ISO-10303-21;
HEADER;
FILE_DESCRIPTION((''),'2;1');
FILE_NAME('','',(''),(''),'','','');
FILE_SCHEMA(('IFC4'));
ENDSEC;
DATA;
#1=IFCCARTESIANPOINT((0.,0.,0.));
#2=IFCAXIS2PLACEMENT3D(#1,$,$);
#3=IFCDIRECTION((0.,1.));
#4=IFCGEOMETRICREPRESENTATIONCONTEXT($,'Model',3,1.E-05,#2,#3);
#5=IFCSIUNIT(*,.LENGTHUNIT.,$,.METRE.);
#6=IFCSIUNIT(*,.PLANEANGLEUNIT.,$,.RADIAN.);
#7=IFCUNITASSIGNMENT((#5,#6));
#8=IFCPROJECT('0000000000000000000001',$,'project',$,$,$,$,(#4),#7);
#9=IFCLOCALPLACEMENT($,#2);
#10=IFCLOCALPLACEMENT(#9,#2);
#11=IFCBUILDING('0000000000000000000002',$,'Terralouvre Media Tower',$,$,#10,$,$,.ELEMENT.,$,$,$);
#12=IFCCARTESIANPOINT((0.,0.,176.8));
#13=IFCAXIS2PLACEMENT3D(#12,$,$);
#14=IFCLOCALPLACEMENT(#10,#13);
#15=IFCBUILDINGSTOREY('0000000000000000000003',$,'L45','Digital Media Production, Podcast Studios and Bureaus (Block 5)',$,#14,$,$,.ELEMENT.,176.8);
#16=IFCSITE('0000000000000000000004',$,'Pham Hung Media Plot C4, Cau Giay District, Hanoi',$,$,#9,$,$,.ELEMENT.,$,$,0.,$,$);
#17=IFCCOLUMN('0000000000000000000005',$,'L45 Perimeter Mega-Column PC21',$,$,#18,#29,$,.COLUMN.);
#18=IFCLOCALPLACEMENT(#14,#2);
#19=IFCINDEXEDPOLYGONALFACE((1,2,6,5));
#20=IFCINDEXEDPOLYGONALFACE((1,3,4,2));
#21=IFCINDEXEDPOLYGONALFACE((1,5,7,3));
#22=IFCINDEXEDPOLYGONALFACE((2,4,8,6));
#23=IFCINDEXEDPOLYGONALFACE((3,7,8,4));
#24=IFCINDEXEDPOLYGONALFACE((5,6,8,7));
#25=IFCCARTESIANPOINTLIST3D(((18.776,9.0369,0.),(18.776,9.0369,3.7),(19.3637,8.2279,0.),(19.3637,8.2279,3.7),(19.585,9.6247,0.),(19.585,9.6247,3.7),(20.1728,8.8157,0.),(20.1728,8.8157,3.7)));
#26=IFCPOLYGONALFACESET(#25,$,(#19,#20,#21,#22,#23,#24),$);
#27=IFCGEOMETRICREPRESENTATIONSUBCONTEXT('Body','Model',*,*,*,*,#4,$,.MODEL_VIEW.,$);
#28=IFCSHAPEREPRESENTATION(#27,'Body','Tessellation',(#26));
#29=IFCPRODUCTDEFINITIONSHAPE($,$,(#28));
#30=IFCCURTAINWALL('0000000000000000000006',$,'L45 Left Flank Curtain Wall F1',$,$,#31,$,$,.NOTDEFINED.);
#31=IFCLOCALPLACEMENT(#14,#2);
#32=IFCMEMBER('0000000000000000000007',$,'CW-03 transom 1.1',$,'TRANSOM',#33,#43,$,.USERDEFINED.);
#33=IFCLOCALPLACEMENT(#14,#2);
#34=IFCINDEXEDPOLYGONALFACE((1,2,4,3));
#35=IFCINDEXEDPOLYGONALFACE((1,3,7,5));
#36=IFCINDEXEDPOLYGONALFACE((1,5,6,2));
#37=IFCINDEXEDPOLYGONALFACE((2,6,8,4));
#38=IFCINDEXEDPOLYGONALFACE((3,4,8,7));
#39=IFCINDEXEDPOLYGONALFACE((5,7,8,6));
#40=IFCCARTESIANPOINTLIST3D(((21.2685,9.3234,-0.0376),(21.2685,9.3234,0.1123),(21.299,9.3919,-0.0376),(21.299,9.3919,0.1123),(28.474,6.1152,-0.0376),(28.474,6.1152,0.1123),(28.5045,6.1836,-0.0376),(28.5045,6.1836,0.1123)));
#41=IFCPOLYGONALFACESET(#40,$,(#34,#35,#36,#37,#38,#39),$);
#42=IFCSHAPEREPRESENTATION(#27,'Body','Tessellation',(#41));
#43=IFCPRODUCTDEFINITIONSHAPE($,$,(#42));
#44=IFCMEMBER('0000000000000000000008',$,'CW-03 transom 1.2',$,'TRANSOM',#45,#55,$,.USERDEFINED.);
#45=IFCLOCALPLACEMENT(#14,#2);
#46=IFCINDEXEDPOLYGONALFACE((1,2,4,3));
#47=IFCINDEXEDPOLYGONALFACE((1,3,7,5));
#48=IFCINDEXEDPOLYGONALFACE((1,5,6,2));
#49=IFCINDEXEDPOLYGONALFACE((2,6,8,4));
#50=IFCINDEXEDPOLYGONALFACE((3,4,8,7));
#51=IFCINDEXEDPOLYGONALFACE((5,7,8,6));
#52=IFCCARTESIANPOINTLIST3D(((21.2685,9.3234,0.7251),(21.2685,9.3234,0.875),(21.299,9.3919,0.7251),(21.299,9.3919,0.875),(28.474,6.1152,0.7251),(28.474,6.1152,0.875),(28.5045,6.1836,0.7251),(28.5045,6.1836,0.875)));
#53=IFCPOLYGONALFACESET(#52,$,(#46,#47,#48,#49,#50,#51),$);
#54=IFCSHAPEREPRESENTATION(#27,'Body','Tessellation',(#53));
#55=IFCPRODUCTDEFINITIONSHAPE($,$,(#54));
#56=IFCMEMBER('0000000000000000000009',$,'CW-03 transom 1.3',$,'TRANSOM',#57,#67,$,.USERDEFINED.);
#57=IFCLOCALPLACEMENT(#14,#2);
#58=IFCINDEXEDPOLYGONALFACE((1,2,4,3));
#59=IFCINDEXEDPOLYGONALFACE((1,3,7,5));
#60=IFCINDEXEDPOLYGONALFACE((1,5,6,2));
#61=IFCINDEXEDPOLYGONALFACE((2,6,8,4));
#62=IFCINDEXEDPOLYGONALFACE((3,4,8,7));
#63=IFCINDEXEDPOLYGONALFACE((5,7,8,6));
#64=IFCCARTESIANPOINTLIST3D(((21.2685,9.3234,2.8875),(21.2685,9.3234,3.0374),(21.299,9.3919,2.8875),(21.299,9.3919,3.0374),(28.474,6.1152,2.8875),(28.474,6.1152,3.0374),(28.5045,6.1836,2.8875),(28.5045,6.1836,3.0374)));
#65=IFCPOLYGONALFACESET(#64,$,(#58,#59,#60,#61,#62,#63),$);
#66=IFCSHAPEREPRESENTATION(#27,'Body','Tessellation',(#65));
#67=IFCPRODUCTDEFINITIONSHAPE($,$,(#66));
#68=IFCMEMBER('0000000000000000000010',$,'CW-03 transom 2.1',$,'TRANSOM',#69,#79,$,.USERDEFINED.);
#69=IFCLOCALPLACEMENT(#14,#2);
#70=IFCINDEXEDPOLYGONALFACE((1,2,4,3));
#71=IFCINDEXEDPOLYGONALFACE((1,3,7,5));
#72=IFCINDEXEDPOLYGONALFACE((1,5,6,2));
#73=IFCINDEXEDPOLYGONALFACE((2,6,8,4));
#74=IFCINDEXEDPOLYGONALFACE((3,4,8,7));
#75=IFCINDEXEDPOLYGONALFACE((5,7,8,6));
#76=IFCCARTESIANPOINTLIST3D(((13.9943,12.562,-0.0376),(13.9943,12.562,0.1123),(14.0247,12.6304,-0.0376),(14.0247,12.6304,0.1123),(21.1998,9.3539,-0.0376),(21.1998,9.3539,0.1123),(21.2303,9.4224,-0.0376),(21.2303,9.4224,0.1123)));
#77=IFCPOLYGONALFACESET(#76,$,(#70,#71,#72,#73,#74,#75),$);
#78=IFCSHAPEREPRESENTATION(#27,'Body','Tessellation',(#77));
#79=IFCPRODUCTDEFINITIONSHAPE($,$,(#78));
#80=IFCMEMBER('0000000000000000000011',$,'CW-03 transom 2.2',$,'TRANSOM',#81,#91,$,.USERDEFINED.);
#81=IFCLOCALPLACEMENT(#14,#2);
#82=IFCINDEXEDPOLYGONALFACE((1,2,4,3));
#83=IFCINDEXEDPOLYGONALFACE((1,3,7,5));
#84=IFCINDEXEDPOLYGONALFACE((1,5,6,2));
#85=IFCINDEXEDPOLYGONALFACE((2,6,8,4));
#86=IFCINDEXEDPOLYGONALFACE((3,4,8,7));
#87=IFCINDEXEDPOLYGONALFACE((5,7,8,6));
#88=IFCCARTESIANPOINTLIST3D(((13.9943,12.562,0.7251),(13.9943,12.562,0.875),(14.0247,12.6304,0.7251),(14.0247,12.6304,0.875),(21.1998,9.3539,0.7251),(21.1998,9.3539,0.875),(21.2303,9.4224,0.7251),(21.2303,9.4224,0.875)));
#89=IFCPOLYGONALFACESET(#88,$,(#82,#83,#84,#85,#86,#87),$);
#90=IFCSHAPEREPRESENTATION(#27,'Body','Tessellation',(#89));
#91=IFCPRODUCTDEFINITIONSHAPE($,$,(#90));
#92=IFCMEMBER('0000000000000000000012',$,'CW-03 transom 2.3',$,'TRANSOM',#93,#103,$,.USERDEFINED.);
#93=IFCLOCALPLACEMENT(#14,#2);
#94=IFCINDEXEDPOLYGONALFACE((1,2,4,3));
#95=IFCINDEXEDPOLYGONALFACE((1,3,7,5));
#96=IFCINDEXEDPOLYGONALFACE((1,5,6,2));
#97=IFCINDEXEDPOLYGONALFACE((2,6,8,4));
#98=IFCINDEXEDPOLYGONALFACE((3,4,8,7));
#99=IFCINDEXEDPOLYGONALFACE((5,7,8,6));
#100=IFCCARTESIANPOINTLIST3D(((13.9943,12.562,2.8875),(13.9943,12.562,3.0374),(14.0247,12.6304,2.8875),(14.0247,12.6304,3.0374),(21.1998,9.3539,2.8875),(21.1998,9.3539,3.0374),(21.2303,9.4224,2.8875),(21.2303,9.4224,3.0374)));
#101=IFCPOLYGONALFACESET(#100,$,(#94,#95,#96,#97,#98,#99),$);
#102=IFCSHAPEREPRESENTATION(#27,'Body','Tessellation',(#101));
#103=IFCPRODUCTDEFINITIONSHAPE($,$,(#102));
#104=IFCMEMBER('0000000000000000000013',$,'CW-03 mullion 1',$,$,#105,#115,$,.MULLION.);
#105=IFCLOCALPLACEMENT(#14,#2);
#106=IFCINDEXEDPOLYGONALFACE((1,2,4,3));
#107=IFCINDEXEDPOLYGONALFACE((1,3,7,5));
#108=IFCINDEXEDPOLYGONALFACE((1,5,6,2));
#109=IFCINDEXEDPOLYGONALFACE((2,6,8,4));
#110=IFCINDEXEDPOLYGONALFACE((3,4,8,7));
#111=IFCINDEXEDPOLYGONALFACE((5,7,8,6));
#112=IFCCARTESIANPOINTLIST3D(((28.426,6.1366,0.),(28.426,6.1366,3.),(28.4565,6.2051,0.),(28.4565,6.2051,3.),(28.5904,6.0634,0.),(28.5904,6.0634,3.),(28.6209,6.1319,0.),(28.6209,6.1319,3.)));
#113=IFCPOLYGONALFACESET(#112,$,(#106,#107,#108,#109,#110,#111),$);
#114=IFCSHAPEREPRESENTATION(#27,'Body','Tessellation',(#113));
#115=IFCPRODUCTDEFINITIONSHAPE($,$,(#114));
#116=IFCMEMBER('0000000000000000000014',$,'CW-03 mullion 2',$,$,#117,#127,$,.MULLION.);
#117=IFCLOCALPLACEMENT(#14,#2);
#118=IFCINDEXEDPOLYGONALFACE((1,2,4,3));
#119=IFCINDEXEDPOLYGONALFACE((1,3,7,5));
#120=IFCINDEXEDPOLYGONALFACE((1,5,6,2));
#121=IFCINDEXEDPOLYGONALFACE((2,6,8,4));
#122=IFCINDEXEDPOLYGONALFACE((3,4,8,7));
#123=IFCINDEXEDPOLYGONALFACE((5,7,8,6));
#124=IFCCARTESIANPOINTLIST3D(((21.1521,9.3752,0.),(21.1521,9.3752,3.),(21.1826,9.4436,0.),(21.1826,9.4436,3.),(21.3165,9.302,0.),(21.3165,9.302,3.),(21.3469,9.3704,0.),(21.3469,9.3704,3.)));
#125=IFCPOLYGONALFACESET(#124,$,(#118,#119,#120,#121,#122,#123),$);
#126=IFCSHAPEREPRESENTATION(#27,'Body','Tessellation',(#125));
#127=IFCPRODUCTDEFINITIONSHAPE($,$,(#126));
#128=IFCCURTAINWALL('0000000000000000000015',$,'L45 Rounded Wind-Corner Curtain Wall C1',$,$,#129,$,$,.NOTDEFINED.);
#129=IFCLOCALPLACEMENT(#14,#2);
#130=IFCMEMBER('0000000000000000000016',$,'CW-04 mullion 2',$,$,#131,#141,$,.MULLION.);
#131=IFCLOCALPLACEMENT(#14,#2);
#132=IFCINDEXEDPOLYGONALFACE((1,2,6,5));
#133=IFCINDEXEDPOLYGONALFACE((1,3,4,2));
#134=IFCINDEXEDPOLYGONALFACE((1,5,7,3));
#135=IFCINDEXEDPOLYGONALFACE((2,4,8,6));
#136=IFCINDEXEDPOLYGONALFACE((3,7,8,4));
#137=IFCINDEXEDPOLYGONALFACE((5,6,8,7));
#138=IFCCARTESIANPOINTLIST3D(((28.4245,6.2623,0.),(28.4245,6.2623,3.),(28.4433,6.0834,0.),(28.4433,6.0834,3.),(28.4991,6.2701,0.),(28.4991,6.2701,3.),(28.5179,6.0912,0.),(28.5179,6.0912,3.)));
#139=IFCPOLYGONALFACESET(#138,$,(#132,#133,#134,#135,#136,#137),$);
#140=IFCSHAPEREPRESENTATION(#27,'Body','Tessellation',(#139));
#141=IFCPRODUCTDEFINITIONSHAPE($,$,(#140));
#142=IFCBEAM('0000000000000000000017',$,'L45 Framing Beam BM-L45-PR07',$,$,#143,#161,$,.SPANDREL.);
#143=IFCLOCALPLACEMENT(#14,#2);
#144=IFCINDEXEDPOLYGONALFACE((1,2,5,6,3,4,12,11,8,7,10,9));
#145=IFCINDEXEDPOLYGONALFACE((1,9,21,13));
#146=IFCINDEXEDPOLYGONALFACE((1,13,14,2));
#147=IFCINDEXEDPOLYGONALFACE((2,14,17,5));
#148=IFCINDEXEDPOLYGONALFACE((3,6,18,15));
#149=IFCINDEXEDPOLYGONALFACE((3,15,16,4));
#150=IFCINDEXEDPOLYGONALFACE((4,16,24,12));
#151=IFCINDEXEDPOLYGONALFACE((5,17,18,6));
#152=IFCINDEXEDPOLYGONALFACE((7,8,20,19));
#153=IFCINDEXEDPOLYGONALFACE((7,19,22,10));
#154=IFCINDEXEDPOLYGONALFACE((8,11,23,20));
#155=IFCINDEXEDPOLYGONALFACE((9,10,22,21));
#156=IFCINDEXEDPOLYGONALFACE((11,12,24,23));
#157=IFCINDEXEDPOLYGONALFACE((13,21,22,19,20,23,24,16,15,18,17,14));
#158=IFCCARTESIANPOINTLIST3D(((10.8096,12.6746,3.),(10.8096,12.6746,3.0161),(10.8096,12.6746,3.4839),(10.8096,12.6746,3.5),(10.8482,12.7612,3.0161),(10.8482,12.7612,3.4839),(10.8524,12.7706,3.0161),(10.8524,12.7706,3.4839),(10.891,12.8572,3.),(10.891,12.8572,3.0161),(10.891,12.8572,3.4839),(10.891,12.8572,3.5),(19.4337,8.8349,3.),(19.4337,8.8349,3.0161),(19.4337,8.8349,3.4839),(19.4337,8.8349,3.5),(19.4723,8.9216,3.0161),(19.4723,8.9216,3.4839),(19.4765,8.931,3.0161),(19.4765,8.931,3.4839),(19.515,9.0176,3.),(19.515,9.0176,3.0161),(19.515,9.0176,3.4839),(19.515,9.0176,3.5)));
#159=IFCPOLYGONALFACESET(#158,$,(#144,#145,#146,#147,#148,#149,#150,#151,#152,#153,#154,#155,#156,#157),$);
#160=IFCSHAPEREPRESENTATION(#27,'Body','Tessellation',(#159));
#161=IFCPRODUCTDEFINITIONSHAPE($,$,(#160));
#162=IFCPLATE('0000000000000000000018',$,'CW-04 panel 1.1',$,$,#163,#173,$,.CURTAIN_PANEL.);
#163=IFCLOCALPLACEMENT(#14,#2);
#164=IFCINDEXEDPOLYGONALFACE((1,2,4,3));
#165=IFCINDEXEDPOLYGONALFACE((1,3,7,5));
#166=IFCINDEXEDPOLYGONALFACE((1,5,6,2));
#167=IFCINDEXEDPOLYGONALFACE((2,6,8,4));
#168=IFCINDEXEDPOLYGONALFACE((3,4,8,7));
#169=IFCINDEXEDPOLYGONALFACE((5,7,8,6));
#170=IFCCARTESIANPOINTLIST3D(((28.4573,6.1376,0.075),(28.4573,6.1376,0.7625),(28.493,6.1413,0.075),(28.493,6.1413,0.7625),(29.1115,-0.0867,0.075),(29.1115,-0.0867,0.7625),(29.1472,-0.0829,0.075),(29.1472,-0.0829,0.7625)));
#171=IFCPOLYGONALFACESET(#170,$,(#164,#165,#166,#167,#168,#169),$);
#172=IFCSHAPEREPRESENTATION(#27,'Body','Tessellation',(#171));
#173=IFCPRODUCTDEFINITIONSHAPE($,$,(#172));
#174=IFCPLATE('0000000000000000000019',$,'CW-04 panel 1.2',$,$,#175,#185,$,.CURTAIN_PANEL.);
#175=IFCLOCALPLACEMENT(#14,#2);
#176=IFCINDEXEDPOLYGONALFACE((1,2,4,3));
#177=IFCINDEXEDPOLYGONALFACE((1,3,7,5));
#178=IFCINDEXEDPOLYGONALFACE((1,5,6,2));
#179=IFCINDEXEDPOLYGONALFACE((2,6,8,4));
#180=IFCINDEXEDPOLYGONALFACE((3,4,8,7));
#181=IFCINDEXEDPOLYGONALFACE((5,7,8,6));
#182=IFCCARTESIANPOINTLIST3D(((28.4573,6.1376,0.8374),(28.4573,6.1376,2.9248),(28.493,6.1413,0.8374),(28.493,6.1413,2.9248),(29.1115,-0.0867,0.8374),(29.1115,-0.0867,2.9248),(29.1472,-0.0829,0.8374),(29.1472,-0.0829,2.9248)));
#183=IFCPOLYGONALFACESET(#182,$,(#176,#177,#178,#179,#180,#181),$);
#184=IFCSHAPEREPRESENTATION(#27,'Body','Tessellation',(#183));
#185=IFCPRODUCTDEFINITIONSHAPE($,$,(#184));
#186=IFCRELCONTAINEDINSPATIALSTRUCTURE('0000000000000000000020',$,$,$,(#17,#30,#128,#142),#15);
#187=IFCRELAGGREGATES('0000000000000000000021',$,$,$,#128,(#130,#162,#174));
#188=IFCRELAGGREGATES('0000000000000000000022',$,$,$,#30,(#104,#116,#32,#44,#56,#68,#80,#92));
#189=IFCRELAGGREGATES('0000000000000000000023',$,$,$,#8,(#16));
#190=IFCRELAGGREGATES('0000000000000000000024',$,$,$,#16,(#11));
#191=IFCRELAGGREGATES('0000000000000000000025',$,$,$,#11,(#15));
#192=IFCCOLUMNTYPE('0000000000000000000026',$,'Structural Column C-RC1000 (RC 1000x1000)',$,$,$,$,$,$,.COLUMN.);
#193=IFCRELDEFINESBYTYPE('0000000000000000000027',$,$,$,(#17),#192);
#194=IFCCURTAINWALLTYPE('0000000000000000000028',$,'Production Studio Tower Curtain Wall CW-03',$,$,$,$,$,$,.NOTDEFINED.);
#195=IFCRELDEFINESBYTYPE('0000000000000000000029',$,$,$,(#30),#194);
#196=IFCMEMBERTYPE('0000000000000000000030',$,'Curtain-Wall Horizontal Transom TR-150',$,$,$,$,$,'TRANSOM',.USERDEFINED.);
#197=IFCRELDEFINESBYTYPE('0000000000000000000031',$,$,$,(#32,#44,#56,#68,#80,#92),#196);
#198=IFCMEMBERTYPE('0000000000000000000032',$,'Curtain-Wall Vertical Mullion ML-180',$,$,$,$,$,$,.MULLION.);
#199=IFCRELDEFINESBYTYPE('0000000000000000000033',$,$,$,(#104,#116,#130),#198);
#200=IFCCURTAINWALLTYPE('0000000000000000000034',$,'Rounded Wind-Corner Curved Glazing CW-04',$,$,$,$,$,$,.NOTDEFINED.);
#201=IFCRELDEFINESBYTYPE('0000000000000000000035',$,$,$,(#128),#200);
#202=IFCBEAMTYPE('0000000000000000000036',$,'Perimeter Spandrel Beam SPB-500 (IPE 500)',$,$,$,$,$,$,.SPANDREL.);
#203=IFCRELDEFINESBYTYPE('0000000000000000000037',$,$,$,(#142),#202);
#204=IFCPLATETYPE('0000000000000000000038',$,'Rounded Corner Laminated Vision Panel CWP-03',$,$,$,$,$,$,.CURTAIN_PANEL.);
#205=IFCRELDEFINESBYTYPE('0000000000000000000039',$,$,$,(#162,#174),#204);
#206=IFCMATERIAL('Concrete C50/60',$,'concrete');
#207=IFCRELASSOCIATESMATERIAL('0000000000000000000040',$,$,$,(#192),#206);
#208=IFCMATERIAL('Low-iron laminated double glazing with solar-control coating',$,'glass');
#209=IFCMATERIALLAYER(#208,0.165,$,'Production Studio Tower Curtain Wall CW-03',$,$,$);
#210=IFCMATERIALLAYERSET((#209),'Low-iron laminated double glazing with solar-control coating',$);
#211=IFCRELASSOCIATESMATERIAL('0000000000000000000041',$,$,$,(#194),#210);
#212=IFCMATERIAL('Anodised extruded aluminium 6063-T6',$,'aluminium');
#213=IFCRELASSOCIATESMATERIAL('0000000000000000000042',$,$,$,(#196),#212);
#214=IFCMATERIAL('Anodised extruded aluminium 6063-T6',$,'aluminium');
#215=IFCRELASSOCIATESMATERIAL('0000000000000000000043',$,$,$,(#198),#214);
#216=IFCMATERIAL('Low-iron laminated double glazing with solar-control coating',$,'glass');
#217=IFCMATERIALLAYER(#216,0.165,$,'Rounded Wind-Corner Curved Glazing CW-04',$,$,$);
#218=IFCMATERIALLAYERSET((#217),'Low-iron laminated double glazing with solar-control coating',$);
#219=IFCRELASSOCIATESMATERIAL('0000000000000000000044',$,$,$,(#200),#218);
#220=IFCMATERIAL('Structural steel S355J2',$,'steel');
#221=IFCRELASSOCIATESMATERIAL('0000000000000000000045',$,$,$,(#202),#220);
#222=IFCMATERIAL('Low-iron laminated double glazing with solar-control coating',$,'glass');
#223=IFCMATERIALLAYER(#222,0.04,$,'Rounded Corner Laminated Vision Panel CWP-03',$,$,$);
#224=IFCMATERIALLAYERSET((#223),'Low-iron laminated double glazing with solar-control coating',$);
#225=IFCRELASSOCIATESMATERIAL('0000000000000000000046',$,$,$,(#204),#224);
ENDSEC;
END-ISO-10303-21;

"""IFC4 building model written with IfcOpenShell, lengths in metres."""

from ifc_helpers import new_model, si_unit, direction, frame, origin, origin_2d, place, context, subcontext, project, spatial, rectangle, i_section, extrude, material, layer, layer_set, material_profile, profile_set, type_object, element, aggregate, save


model = new_model("IFC4")

# Units and contexts
model_context = context("Model", 3, precision=1e-05, world=origin(), true_north=direction((0.0, 1.0)))
body_context = subcontext(model_context, "Body", "Model", "MODEL_VIEW")
ifc_project = project(units=[si_unit("LENGTHUNIT", "METRE"), si_unit("PLANEANGLEUNIT", "RADIAN")], contexts=[model_context])

# Site, building, storey
site_placement = place(None, origin())
site = spatial("IfcSite", under=ifc_project, at=site_placement, Name="Pham Hung Media Plot C4, Cau Giay District, Hanoi", CompositionType="ELEMENT", RefElevation=0.0)
building_placement = place(site_placement, origin())
building = spatial("IfcBuilding", under=site, at=building_placement, Name="Terralouvre Media Tower", CompositionType="ELEMENT")
storey_placement = place(building_placement, frame((0.0, 0.0, 176.8)))
storey = spatial("IfcBuildingStorey", under=building, at=storey_placement, Name="L45", Description="Digital Media Production, Podcast Studios and Bureaus (Block 5)", CompositionType="ELEMENT", Elevation=176.8)

# Column
ifc_material_1 = material(Name="Concrete C50/60", Category="concrete")
ifc_material_profile_1 = material_profile(ifc_material_1, rectangle(XDim=1.0, YDim=1.0, at=origin_2d()), Name="RC 1000x1000")
ifc_profile_set_1 = profile_set([ifc_material_profile_1], Name="Concrete C50/60")
column_type = type_object("IfcColumnType", Name="Structural Column C-RC1000 (RC 1000x1000)", PredefinedType="COLUMN", material=ifc_profile_set_1)
column_placement = place(storey_placement, frame((19.4744, 8.9263, 0.0), z_axis=(0.0, 0.0, 1.0), x_axis=(0.809017, 0.587785, 0.0)))
element("IfcColumn", 1, at=column_placement, inside=storey, type_object=column_type, Name="L45 Perimeter Mega-Column PC21", PredefinedType="COLUMN", context=body_context, shape_type="SweptSolid", body=[
    extrude(rectangle(XDim=1.0, YDim=1.0, at=origin_2d()), origin(), (0.0, 0.0, 1.0), 3.7),
])

# Curtain wall, members
ifc_material_2 = material(Name="Low-iron laminated double glazing with solar-control coating", Category="glass")
ifc_layer_1 = layer(ifc_material_2, 0.165, Name="Production Studio Tower Curtain Wall CW-03")
ifc_layer_set_1 = layer_set([ifc_layer_1], Name="Low-iron laminated double glazing with solar-control coating")
curtain_wall_type_1 = type_object("IfcCurtainWallType", Name="Production Studio Tower Curtain Wall CW-03", PredefinedType="NOTDEFINED", material=ifc_layer_set_1)
curtain_wall_1_placement = place(storey_placement, origin())
curtain_wall_1 = element("IfcCurtainWall", 2, at=curtain_wall_1_placement, inside=storey, type_object=curtain_wall_type_1, Name="L45 Left Flank Curtain Wall F1", PredefinedType="NOTDEFINED")
ifc_material_3 = material(Name="Anodised extruded aluminium 6063-T6", Category="aluminium")
ifc_material_profile_2 = material_profile(ifc_material_3, rectangle(XDim=0.075, YDim=0.1499, at=origin_2d()), Name="ALU 75x150")
ifc_profile_set_2 = profile_set([ifc_material_profile_2], Name="Anodised extruded aluminium 6063-T6")
member_type_1 = type_object("IfcMemberType", Name="Curtain-Wall Horizontal Transom TR-150", ElementType="TRANSOM", PredefinedType="USERDEFINED", material=ifc_profile_set_2)
member_1_placement = place(storey_placement, frame((28.4893, 6.1494, 0.0374), z_axis=(-0.913539, 0.40675, 0.0), x_axis=(-0.40675, -0.913539, 0.0)))
member_1 = element("IfcMember", 3, at=member_1_placement, type_object=member_type_1, Name="CW-03 transom 1.1", ObjectType="TRANSOM", PredefinedType="USERDEFINED", context=body_context, shape_type="SweptSolid", body=[
    extrude(rectangle(XDim=0.075, YDim=0.1499, at=origin_2d()), origin(), (0.0, 0.0, 1.0), 7.8875),
])
member_2_placement = place(storey_placement, frame((28.4893, 6.1494, 0.8), z_axis=(-0.913539, 0.40675, 0.0), x_axis=(-0.40675, -0.913539, 0.0)))
member_2 = element("IfcMember", 4, at=member_2_placement, type_object=member_type_1, Name="CW-03 transom 1.2", ObjectType="TRANSOM", PredefinedType="USERDEFINED", context=body_context, shape_type="SweptSolid", body=[
    extrude(rectangle(XDim=0.075, YDim=0.1499, at=origin_2d()), origin(), (0.0, 0.0, 1.0), 7.8875),
])
member_3_placement = place(storey_placement, frame((28.4893, 6.1494, 2.9624), z_axis=(-0.913539, 0.40675, 0.0), x_axis=(-0.40675, -0.913539, 0.0)))
member_3 = element("IfcMember", 5, at=member_3_placement, type_object=member_type_1, Name="CW-03 transom 1.3", ObjectType="TRANSOM", PredefinedType="USERDEFINED", context=body_context, shape_type="SweptSolid", body=[
    extrude(rectangle(XDim=0.075, YDim=0.1499, at=origin_2d()), origin(), (0.0, 0.0, 1.0), 7.8875),
])
member_4_placement = place(storey_placement, frame((21.2151, 9.3882, 0.0374), z_axis=(-0.913551, 0.406724, 0.0), x_axis=(-0.406724, -0.913551, 0.0)))
member_4 = element("IfcMember", 6, at=member_4_placement, type_object=member_type_1, Name="CW-03 transom 2.1", ObjectType="TRANSOM", PredefinedType="USERDEFINED", context=body_context, shape_type="SweptSolid", body=[
    extrude(rectangle(XDim=0.075, YDim=0.1499, at=origin_2d()), origin(), (0.0, 0.0, 1.0), 7.8875),
])
member_5_placement = place(storey_placement, frame((21.2151, 9.3882, 0.8), z_axis=(-0.913551, 0.406724, 0.0), x_axis=(-0.406724, -0.913551, 0.0)))
member_5 = element("IfcMember", 7, at=member_5_placement, type_object=member_type_1, Name="CW-03 transom 2.2", ObjectType="TRANSOM", PredefinedType="USERDEFINED", context=body_context, shape_type="SweptSolid", body=[
    extrude(rectangle(XDim=0.075, YDim=0.1499, at=origin_2d()), origin(), (0.0, 0.0, 1.0), 7.8875),
])
member_6_placement = place(storey_placement, frame((21.2151, 9.3882, 2.9624), z_axis=(-0.913551, 0.406724, 0.0), x_axis=(-0.406724, -0.913551, 0.0)))
member_6 = element("IfcMember", 8, at=member_6_placement, type_object=member_type_1, Name="CW-03 transom 2.3", ObjectType="TRANSOM", PredefinedType="USERDEFINED", context=body_context, shape_type="SweptSolid", body=[
    extrude(rectangle(XDim=0.075, YDim=0.1499, at=origin_2d()), origin(), (0.0, 0.0, 1.0), 7.8875),
])
ifc_material_4 = material(Name="Anodised extruded aluminium 6063-T6", Category="aluminium")
ifc_material_profile_3 = material_profile(ifc_material_4, rectangle(XDim=0.075, YDim=0.1799, at=origin_2d()), Name="ALU 75x180")
ifc_profile_set_3 = profile_set([ifc_material_profile_3], Name="Anodised extruded aluminium 6063-T6")
member_type_2 = type_object("IfcMemberType", Name="Curtain-Wall Vertical Mullion ML-180", PredefinedType="MULLION", material=ifc_profile_set_3)
member_7_placement = place(storey_placement, frame((28.5234, 6.1343, 0.0), z_axis=(0.0, 0.0, 1.0), x_axis=(-0.406737, -0.913545, 0.0)))
member_7 = element("IfcMember", 9, at=member_7_placement, type_object=member_type_2, Name="CW-03 mullion 1", PredefinedType="MULLION", context=body_context, shape_type="SweptSolid", body=[
    extrude(rectangle(XDim=0.075, YDim=0.1799, at=origin_2d()), origin(), (0.0, 0.0, 1.0), 3.0),
])
member_8_placement = place(storey_placement, frame((21.2495, 9.3728, 0.0), z_axis=(0.0, 0.0, 1.0), x_axis=(-0.406737, -0.913545, 0.0)))
member_8 = element("IfcMember", 10, at=member_8_placement, type_object=member_type_2, Name="CW-03 mullion 2", PredefinedType="MULLION", context=body_context, shape_type="SweptSolid", body=[
    extrude(rectangle(XDim=0.075, YDim=0.1799, at=origin_2d()), origin(), (0.0, 0.0, 1.0), 3.0),
])

# Curtain wall, member
ifc_material_5 = material(Name="Low-iron laminated double glazing with solar-control coating", Category="glass")
ifc_layer_2 = layer(ifc_material_5, 0.165, Name="Rounded Wind-Corner Curved Glazing CW-04")
ifc_layer_set_2 = layer_set([ifc_layer_2], Name="Low-iron laminated double glazing with solar-control coating")
curtain_wall_type_2 = type_object("IfcCurtainWallType", Name="Rounded Wind-Corner Curved Glazing CW-04", PredefinedType="NOTDEFINED", material=ifc_layer_set_2)
curtain_wall_2_placement = place(storey_placement, origin())
curtain_wall_2 = element("IfcCurtainWall", 11, at=curtain_wall_2_placement, inside=storey, type_object=curtain_wall_type_2, Name="L45 Rounded Wind-Corner Curtain Wall C1", PredefinedType="NOTDEFINED")
member_9_placement = place(storey_placement, frame((28.4712, 6.1768, 0.0), z_axis=(0.0, 0.0, 1.0), x_axis=(-0.994522, -0.104529, 0.0)))
member_9 = element("IfcMember", 12, at=member_9_placement, type_object=member_type_2, Name="CW-04 mullion 2", PredefinedType="MULLION", context=body_context, shape_type="SweptSolid", body=[
    extrude(rectangle(XDim=0.075, YDim=0.1799, at=origin_2d()), origin(), (0.0, 0.0, 1.0), 3.0),
])

# Beam
ifc_material_6 = material(Name="Structural steel S355J2", Category="steel")
ifc_material_profile_4 = material_profile(ifc_material_6, i_section(OverallWidth=0.2, OverallDepth=0.5, WebThickness=0.0103, FlangeThickness=0.0161, at=origin_2d()), Name="IPE 500")
ifc_profile_set_4 = profile_set([ifc_material_profile_4], Name="Structural steel S355J2")
beam_type = type_object("IfcBeamType", Name="Perimeter Spandrel Beam SPB-500 (IPE 500)", PredefinedType="SPANDREL", material=ifc_profile_set_4)
beam_placement = place(storey_placement, frame((19.4744, 8.9263, 3.25), z_axis=(-0.913548, 0.406731, 0.0), x_axis=(-0.406731, -0.913548, 0.0)))
element("IfcBeam", 13, at=beam_placement, inside=storey, type_object=beam_type, Name="L45 Framing Beam BM-L45-PR07", PredefinedType="SPANDREL", context=body_context, shape_type="SweptSolid", body=[
    extrude(i_section(OverallWidth=0.2, OverallDepth=0.5, WebThickness=0.0103, FlangeThickness=0.0161, at=origin_2d()), origin(), (0.0, 0.0, 1.0), 9.4402),
])

# Plates
ifc_material_7 = material(Name="Low-iron laminated double glazing with solar-control coating", Category="glass")
ifc_layer_3 = layer(ifc_material_7, 0.04, Name="Rounded Corner Laminated Vision Panel CWP-03")
ifc_layer_set_3 = layer_set([ifc_layer_3], Name="Low-iron laminated double glazing with solar-control coating")
plate_type_1 = type_object("IfcPlateType", Name="Rounded Corner Laminated Vision Panel CWP-03", PredefinedType="CURTAIN_PANEL", material=ifc_layer_set_3)
plate_1_placement = place(storey_placement, frame((28.8022, 3.0273, 0.075), z_axis=(0.0, 0.0, 1.0), x_axis=(-0.104529, 0.994522, 0.0)))
plate_1 = element("IfcPlate", 14, at=plate_1_placement, type_object=plate_type_1, Name="CW-04 panel 1.1", PredefinedType="CURTAIN_PANEL", context=body_context, shape_type="SweptSolid", body=[
    extrude(rectangle(XDim=6.2585, YDim=0.0359, at=origin_2d()), origin(), (0.0, 0.0, 1.0), 0.6875),
])
plate_2_placement = place(storey_placement, frame((28.8022, 3.0273, 0.8374), z_axis=(0.0, 0.0, 1.0), x_axis=(-0.104529, 0.994522, 0.0)))
plate_2 = element("IfcPlate", 15, at=plate_2_placement, type_object=plate_type_1, Name="CW-04 panel 1.2", PredefinedType="CURTAIN_PANEL", context=body_context, shape_type="SweptSolid", body=[
    extrude(rectangle(XDim=6.2585, YDim=0.0359, at=origin_2d()), origin(), (0.0, 0.0, 1.0), 2.0874),
])
aggregate(curtain_wall_2, [member_9, plate_1, plate_2])
aggregate(curtain_wall_1, [member_7, member_8, member_1, member_2, member_3, member_4, member_5, member_6])

save(model, "model.ifc")
